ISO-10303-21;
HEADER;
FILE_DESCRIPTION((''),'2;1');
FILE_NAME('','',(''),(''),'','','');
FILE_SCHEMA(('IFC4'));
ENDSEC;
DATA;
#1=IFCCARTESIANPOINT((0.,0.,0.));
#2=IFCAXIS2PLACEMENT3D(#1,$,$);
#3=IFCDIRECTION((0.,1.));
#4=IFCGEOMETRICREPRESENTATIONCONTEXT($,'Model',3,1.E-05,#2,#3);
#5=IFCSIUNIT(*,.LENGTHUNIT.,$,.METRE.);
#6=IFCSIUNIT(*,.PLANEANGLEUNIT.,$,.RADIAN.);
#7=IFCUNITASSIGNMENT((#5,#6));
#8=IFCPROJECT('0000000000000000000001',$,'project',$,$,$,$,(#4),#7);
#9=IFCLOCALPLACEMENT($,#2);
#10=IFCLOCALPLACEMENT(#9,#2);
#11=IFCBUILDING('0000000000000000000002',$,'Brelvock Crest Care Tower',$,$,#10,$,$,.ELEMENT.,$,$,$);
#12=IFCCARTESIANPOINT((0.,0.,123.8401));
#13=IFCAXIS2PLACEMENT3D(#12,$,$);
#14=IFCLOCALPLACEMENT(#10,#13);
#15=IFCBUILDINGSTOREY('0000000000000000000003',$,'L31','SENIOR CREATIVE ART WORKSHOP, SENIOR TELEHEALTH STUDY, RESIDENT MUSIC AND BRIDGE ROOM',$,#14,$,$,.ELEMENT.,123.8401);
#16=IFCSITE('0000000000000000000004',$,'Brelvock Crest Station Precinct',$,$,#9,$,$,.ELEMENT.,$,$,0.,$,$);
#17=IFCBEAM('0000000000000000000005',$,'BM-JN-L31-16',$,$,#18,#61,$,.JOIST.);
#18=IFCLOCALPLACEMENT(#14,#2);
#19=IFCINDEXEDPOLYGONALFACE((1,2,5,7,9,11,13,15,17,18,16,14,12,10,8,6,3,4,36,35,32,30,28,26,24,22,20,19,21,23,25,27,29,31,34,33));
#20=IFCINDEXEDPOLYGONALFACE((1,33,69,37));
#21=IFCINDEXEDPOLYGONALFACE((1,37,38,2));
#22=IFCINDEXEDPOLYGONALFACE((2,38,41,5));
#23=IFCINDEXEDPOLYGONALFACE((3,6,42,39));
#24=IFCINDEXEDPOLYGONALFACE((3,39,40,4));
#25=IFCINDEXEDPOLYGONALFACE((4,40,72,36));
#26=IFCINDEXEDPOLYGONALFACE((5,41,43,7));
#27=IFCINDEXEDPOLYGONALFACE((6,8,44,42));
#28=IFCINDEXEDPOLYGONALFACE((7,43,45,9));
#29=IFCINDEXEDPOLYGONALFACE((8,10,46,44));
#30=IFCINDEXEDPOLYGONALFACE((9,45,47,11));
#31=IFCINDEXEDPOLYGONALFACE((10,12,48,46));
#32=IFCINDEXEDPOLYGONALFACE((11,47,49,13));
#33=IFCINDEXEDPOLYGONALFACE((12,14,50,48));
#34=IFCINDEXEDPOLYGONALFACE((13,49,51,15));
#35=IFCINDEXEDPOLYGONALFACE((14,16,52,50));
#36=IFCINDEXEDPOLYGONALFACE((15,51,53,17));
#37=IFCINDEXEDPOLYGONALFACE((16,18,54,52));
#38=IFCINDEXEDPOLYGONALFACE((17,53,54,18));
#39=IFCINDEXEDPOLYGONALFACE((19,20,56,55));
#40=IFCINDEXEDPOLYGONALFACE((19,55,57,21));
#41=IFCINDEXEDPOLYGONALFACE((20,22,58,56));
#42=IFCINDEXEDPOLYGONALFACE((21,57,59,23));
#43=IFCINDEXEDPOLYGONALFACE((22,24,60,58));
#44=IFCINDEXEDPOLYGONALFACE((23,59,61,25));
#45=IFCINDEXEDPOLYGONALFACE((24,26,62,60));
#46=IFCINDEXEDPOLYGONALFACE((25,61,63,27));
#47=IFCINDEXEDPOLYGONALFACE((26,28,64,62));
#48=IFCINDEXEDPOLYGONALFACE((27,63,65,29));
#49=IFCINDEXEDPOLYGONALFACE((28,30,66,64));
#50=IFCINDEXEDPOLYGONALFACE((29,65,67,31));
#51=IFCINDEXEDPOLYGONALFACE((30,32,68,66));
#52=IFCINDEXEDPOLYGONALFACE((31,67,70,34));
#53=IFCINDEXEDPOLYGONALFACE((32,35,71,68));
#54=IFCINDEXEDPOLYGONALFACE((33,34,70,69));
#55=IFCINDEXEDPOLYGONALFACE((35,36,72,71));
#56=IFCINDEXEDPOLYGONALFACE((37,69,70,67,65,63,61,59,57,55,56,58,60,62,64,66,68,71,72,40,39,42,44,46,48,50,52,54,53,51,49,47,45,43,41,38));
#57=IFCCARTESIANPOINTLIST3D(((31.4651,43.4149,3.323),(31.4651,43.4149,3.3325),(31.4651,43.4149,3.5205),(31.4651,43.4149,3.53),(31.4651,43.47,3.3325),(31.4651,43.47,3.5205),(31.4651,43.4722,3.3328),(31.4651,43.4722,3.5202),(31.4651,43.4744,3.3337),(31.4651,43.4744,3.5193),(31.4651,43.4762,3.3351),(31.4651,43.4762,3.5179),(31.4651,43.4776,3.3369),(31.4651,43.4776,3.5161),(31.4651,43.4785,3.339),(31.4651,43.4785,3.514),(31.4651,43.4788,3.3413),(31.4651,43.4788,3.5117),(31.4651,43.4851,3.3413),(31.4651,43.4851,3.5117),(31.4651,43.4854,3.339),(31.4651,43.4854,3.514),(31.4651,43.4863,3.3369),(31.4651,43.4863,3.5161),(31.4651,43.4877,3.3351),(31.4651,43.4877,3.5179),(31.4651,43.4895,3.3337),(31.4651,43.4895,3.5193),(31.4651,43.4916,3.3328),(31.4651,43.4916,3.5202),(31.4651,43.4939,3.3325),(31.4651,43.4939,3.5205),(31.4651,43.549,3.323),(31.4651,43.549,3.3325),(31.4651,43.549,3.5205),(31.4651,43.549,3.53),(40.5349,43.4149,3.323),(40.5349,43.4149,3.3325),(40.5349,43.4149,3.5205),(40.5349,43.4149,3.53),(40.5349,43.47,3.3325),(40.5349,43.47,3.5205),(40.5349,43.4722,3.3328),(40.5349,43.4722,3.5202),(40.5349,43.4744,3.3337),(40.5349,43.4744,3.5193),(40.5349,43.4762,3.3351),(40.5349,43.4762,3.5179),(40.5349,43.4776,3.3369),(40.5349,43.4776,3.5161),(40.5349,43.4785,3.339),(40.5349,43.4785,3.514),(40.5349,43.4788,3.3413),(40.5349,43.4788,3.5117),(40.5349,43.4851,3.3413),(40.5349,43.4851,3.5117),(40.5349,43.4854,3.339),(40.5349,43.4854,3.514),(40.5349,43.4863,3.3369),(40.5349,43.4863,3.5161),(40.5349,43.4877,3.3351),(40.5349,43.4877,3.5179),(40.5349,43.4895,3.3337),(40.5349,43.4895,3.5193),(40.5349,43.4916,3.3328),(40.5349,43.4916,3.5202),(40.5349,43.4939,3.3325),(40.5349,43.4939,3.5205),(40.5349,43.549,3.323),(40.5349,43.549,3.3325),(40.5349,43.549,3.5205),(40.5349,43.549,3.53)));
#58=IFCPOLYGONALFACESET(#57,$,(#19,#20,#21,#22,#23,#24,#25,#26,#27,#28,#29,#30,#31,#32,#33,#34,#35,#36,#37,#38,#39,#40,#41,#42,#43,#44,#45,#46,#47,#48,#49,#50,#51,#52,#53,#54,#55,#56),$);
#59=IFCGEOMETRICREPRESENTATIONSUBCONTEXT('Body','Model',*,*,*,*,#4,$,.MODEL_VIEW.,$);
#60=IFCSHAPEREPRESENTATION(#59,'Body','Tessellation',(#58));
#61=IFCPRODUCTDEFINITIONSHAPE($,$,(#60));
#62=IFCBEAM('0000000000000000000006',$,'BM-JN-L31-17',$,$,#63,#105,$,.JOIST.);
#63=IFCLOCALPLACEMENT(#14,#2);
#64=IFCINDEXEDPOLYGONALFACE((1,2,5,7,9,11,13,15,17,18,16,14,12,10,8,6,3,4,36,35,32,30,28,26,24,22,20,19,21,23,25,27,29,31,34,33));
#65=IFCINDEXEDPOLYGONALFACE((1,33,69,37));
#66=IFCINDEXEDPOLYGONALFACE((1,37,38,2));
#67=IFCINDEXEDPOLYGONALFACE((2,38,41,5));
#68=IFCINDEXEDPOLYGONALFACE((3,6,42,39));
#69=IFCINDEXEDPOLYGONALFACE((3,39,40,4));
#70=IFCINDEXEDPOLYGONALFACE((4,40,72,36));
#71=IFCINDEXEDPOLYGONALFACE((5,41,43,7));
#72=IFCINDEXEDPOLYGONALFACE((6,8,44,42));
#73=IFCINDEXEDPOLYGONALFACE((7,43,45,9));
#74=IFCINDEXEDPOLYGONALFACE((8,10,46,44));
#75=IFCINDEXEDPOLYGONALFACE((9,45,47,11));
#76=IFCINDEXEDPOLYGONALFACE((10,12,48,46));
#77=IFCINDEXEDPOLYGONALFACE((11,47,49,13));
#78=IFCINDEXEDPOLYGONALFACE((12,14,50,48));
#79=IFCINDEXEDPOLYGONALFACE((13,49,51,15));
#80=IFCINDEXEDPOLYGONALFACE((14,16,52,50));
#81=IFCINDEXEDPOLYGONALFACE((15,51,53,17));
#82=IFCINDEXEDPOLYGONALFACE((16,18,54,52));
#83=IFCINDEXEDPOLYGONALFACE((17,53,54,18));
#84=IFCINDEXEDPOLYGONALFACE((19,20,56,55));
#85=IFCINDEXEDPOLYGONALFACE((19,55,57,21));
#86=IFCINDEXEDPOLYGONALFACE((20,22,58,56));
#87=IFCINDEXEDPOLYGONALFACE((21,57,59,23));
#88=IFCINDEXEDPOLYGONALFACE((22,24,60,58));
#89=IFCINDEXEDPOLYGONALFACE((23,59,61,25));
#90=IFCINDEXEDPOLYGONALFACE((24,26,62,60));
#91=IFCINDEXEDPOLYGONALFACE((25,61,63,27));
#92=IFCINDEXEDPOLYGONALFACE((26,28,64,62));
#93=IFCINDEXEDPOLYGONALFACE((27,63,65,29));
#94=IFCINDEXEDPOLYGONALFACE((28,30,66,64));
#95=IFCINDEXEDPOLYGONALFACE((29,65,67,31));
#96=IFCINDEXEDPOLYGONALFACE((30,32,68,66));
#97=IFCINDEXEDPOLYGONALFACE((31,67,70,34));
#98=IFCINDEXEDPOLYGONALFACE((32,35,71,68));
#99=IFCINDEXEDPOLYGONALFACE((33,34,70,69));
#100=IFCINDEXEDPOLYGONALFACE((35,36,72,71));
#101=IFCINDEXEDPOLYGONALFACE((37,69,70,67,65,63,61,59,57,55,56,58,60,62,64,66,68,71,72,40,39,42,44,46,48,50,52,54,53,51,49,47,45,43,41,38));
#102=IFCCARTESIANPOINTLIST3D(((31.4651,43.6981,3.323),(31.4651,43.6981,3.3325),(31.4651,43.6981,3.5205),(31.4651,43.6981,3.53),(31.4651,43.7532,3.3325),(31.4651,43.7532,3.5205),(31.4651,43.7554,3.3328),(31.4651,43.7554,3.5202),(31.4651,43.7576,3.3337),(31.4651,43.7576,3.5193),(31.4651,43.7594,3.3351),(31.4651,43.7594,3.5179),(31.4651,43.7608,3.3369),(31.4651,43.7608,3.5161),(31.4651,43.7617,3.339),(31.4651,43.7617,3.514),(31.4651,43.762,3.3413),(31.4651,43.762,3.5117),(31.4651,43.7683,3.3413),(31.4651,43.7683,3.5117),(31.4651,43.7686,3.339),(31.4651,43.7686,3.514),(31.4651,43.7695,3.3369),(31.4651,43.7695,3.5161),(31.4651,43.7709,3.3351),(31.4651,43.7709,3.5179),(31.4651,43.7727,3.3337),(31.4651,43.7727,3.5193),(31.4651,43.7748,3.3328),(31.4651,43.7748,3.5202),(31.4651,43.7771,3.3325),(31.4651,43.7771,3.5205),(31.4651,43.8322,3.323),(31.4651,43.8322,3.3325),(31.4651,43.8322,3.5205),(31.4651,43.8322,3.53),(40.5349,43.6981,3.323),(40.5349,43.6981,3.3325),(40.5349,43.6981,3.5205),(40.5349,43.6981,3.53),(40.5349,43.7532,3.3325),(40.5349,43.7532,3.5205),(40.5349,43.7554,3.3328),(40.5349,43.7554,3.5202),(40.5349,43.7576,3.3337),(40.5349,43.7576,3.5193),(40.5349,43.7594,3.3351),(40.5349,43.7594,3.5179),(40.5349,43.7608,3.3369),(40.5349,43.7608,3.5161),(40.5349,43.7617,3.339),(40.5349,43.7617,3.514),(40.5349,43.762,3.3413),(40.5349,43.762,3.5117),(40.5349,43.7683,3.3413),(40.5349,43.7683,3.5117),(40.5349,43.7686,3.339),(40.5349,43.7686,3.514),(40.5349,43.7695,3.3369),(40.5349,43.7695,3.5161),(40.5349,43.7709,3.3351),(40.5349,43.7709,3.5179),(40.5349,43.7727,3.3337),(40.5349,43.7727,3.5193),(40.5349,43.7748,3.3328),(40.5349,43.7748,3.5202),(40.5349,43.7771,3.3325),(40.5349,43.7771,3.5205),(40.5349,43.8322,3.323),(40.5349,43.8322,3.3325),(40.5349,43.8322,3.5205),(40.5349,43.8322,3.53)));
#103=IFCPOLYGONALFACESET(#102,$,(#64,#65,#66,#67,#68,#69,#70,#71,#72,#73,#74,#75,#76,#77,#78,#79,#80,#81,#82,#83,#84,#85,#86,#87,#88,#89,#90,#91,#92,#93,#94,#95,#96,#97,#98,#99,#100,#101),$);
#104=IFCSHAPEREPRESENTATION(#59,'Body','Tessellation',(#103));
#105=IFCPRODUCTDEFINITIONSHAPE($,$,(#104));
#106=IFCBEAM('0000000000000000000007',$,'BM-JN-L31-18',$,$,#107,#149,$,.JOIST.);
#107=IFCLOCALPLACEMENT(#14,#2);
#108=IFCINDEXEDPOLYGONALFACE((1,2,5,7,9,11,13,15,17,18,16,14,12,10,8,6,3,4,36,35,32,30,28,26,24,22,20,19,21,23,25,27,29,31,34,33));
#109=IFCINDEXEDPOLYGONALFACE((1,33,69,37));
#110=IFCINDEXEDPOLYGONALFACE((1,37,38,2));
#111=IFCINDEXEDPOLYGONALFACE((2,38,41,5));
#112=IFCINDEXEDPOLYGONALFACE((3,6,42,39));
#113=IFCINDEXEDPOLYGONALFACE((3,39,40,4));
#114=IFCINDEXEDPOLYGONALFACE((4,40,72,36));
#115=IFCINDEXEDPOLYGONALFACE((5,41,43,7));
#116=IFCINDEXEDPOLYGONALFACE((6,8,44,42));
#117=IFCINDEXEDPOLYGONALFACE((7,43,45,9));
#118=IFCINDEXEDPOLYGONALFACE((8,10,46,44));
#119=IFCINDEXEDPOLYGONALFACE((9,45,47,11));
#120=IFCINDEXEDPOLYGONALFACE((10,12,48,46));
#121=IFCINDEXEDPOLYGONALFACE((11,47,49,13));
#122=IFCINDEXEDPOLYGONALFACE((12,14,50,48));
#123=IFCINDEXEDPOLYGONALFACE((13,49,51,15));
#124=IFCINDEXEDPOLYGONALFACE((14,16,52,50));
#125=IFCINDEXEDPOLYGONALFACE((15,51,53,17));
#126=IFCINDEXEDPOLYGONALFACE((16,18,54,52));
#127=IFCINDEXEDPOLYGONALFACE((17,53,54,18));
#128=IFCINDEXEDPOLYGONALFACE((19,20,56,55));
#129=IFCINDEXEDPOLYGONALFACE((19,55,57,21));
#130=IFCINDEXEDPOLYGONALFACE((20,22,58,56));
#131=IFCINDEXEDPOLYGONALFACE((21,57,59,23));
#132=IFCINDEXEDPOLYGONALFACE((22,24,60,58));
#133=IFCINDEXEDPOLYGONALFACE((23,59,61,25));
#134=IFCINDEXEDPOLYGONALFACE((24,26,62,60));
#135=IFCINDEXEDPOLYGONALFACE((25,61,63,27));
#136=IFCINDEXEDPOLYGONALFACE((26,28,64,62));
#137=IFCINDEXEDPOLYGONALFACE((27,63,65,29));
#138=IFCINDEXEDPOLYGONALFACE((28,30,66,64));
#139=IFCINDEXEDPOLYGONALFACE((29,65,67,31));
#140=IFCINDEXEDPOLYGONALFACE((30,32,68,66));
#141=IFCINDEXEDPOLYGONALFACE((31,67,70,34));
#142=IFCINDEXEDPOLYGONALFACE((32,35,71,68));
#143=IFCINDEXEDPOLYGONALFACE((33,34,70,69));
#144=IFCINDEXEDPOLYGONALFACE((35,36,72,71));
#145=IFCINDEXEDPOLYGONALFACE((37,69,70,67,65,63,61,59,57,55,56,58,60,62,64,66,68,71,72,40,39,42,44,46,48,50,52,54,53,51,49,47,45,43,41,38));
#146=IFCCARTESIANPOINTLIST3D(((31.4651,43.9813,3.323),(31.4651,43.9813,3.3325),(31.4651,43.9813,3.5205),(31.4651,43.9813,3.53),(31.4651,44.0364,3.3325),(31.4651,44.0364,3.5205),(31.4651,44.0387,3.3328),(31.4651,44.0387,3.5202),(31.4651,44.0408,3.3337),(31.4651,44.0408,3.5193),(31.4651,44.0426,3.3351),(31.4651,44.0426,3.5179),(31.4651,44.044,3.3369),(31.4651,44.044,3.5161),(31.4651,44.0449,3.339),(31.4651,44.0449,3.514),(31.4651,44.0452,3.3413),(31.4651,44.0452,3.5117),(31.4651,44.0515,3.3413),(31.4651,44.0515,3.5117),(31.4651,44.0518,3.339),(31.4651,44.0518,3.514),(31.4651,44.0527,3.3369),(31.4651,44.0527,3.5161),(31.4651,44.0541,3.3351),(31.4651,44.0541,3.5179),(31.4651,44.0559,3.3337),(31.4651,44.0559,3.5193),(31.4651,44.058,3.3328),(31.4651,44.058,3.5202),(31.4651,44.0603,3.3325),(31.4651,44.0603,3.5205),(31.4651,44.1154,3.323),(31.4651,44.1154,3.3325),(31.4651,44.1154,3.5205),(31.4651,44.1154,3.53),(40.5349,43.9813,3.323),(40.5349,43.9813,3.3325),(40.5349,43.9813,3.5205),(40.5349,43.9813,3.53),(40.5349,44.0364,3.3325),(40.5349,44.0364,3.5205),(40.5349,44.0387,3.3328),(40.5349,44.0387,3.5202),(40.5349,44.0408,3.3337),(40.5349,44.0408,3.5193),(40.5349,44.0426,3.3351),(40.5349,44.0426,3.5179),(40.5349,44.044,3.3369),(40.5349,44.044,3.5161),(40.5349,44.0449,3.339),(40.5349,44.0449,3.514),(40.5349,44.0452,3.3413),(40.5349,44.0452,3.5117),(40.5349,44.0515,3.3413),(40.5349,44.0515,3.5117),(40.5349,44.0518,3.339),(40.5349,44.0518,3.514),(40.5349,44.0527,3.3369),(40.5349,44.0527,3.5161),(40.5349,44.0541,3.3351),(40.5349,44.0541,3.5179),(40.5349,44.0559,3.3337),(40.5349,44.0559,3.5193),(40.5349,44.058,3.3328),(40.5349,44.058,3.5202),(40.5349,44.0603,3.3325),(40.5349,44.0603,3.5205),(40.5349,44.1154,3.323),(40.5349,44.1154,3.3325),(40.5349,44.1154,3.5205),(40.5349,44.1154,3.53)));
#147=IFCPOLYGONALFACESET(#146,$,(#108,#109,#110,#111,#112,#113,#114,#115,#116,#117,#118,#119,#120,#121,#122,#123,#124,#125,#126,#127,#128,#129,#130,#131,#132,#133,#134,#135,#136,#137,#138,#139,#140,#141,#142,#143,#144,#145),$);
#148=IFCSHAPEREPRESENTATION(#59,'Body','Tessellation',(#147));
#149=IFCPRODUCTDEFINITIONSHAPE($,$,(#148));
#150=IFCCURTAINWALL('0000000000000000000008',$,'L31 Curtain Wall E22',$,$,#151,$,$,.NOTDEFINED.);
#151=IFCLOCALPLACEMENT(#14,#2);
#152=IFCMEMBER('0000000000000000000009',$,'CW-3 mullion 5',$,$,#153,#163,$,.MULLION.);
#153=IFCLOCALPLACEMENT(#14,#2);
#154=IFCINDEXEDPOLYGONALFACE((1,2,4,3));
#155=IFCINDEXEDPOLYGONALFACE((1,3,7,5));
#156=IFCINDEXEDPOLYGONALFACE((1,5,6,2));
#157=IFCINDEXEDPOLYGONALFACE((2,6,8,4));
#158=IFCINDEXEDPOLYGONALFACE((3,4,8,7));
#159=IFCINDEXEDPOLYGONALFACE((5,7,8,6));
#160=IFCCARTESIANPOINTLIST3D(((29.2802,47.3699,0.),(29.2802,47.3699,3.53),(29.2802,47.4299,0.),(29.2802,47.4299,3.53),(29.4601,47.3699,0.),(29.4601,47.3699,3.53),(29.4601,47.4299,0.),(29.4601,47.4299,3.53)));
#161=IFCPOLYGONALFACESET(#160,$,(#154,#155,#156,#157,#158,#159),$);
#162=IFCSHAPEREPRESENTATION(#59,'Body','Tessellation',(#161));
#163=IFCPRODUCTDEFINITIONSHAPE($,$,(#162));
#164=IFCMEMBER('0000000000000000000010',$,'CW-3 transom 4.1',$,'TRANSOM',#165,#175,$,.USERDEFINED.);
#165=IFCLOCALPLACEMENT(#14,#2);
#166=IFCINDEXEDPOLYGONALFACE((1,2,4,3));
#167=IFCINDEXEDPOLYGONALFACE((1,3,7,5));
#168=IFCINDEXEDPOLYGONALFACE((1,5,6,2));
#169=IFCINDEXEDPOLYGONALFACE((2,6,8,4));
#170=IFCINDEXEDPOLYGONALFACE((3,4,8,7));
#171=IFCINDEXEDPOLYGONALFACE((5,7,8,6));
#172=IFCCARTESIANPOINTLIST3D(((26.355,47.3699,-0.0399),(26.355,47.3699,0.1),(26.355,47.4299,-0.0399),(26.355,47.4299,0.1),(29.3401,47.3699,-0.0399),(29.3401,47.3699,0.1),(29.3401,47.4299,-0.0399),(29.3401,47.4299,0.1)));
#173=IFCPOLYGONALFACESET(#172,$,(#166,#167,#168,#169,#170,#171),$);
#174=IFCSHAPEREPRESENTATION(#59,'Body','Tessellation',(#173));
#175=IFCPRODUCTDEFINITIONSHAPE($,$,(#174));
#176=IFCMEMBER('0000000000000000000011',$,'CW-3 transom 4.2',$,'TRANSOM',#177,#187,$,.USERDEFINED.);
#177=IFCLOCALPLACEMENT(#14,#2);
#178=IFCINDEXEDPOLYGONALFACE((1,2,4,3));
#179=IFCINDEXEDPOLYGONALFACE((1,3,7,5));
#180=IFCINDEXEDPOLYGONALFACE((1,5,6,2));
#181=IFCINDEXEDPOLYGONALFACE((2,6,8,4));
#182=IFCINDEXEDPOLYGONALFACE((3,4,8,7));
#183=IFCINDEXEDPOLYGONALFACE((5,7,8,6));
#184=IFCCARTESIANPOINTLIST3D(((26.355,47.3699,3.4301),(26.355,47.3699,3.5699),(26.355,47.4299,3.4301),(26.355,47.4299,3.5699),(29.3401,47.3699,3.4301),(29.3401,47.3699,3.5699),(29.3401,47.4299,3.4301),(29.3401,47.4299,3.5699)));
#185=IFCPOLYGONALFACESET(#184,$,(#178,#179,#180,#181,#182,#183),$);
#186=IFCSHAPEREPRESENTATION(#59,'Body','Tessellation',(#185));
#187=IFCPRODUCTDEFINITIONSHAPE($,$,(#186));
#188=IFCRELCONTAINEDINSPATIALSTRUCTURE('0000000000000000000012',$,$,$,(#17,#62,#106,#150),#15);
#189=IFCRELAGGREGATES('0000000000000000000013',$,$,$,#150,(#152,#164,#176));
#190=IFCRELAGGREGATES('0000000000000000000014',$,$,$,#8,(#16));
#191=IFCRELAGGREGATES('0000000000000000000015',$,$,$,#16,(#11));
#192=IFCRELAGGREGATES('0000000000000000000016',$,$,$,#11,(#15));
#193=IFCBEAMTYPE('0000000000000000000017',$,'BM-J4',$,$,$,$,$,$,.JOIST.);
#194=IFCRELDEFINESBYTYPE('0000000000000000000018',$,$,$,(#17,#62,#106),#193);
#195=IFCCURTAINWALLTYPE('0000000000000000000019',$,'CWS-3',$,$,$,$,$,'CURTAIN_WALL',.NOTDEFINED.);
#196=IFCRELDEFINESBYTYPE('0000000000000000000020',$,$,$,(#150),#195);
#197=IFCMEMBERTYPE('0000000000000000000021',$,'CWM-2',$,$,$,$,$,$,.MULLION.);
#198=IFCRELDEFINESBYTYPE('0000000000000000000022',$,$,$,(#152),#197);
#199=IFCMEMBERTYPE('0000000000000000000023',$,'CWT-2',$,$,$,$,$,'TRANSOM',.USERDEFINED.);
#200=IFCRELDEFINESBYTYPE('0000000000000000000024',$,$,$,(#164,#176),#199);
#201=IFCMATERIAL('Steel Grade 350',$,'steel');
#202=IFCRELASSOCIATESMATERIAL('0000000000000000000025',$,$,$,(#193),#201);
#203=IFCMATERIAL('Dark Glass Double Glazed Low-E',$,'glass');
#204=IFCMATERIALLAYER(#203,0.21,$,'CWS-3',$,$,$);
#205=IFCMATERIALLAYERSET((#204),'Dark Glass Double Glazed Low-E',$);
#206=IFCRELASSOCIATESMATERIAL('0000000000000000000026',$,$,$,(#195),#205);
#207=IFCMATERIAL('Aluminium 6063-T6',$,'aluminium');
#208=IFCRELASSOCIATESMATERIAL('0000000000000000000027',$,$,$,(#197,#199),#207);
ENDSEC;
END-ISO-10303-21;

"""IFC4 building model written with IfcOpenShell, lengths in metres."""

from ifc_helpers import new_model, si_unit, direction, frame, origin, origin_2d, place, context, subcontext, project, spatial, rectangle, i_section, extrude, source, transform, mapped, material, layer, layer_set, material_profile, profile_set, type_object, element, aggregate, save


model = new_model("IFC4")

# Units and contexts
model_context = context("Model", 3, precision=1e-05, world=origin(), true_north=direction((0.0, 1.0)))
body_context = subcontext(model_context, "Body", "Model", "MODEL_VIEW")
ifc_project = project(units=[si_unit("LENGTHUNIT", "METRE"), si_unit("PLANEANGLEUNIT", "RADIAN")], contexts=[model_context])

# Site, building, storey
site_placement = place(None, origin())
site = spatial("IfcSite", under=ifc_project, at=site_placement, Name="Brelvock Crest Station Precinct", CompositionType="ELEMENT", RefElevation=0.0)
building_placement = place(site_placement, origin())
building = spatial("IfcBuilding", under=site, at=building_placement, Name="Brelvock Crest Care Tower", CompositionType="ELEMENT")
storey_placement = place(building_placement, frame((0.0, 0.0, 123.8401)))
storey = spatial("IfcBuildingStorey", under=building, at=storey_placement, Name="L31", Description="SENIOR CREATIVE ART WORKSHOP, SENIOR TELEHEALTH STUDY, RESIDENT MUSIC AND BRIDGE ROOM", CompositionType="ELEMENT", Elevation=123.8401)

# Shared definitions
ifc_material_1 = material(Name="Steel Grade 350", Category="steel")

# Beams
ifc_material_profile_1 = material_profile(ifc_material_1, i_section(OverallWidth=0.134, OverallDepth=0.207, WebThickness=0.0063, FlangeThickness=0.0095, FilletRadius=0.0088, at=origin_2d()), Name="200UB29.8")
ifc_profile_set_1 = profile_set([ifc_material_profile_1], Name="Steel Grade 350")
beam_type_1 = type_object("IfcBeamType", Name="BM-J4", PredefinedType="JOIST", material=ifc_profile_set_1)
shared_shape_1 = source(origin(), body_context, "Body", "SweptSolid", [
    extrude(i_section(OverallWidth=0.134, OverallDepth=0.207, WebThickness=0.0063, FlangeThickness=0.0095, FilletRadius=0.0088, at=origin_2d()), origin(), (0.0, 0.0, 1.0), 9.0698),
])
for number, where, z_axis, x_axis, name in (
    (1, (31.4651, 43.4819, 3.4265), (1.0, 0.0, 0.0), (0.0, 1.0, 0.0), "BM-JN-L31-16"),
    (2, (31.4651, 43.7651, 3.4265), (1.0, 0.0, 0.0), (0.0, 1.0, 0.0), "BM-JN-L31-17"),
    (3, (31.4651, 44.0483, 3.4265), (1.0, 0.0, 0.0), (0.0, 1.0, 0.0), "BM-JN-L31-18"),
):
    element("IfcBeam", number, at=place(storey_placement, frame(where, z_axis=z_axis, x_axis=x_axis)), inside=storey, type_object=beam_type_1, Name=name, PredefinedType="JOIST", context=body_context, shape_type="MappedRepresentation", body=[
        mapped(shared_shape_1, transform((0.0, 0.0, 0.0), x_axis=(1.0, 0.0, 0.0), y_axis=(0.0, 1.0, 0.0), z_axis=(0.0, 0.0, 1.0), scale=1.0)),
    ])

# Curtain wall, members
ifc_material_2 = material(Name="Dark Glass Double Glazed Low-E", Category="glass")
ifc_layer_1 = layer(ifc_material_2, 0.21, Name="CWS-3")
ifc_layer_set_1 = layer_set([ifc_layer_1], Name="Dark Glass Double Glazed Low-E")
curtain_wall_type = type_object("IfcCurtainWallType", Name="CWS-3", ElementType="CURTAIN_WALL", PredefinedType="NOTDEFINED", material=ifc_layer_set_1)
curtain_wall_placement = place(storey_placement, origin())
curtain_wall = element("IfcCurtainWall", 4, at=curtain_wall_placement, inside=storey, type_object=curtain_wall_type, Name="L31 Curtain Wall E22", PredefinedType="NOTDEFINED")
ifc_material_3 = material(Name="Aluminium 6063-T6", Category="aluminium")
ifc_material_profile_2 = material_profile(ifc_material_3, rectangle(XDim=0.0601, YDim=0.1799, at=origin_2d()), Name="ALU60x180")
ifc_profile_set_2 = profile_set([ifc_material_profile_2], Name="Aluminium 6063-T6")
member_type_1 = type_object("IfcMemberType", Name="CWM-2", PredefinedType="MULLION", material=ifc_profile_set_2)
shared_shape_2 = source(origin(), body_context, "Body", "SweptSolid", [
    extrude(rectangle(XDim=0.0601, YDim=0.1799, at=origin_2d()), origin(), (0.0, 0.0, 1.0), 3.53),
])
member_1_placement = place(storey_placement, frame((29.3701, 47.3999, 0.0), z_axis=(0.0, 0.0, 1.0), x_axis=(0.0, 1.0, 0.0)))
member_1 = element("IfcMember", 5, at=member_1_placement, type_object=member_type_1, Name="CW-3 mullion 5", PredefinedType="MULLION", context=body_context, shape_type="MappedRepresentation", body=[
    mapped(shared_shape_2, transform((0.0, 0.0, 0.0), x_axis=(1.0, 0.0, 0.0), y_axis=(0.0, 1.0, 0.0), z_axis=(0.0, 0.0, 1.0), scale=1.0)),
])
ifc_material_profile_3 = material_profile(ifc_material_3, rectangle(XDim=0.0601, YDim=0.1399, at=origin_2d()), Name="ALU60x140")
ifc_profile_set_3 = profile_set([ifc_material_profile_3], Name="Aluminium 6063-T6")
member_type_2 = type_object("IfcMemberType", Name="CWT-2", ElementType="TRANSOM", PredefinedType="USERDEFINED", material=ifc_profile_set_3)
shared_shape_3 = source(origin(), body_context, "Body", "SweptSolid", [
    extrude(rectangle(XDim=0.0601, YDim=0.1399, at=origin_2d()), origin(), (0.0, 0.0, 1.0), 2.9851),
])
member_2_placement = place(storey_placement, frame((26.355, 47.3999, 0.03), z_axis=(1.0, 0.0, 0.0), x_axis=(0.0, 1.0, 0.0)))
member_2 = element("IfcMember", 6, at=member_2_placement, type_object=member_type_2, Name="CW-3 transom 4.1", ObjectType="TRANSOM", PredefinedType="USERDEFINED", context=body_context, shape_type="MappedRepresentation", body=[
    mapped(shared_shape_3, transform((0.0, 0.0, 0.0), x_axis=(1.0, 0.0, 0.0), y_axis=(0.0, 1.0, 0.0), z_axis=(0.0, 0.0, 1.0), scale=1.0)),
])
member_3_placement = place(storey_placement, frame((26.355, 47.3999, 3.5), z_axis=(1.0, 0.0, 0.0), x_axis=(0.0, 1.0, 0.0)))
member_3 = element("IfcMember", 7, at=member_3_placement, type_object=member_type_2, Name="CW-3 transom 4.2", ObjectType="TRANSOM", PredefinedType="USERDEFINED", context=body_context, shape_type="MappedRepresentation", body=[
    mapped(shared_shape_3, transform((0.0, 0.0, 0.0), x_axis=(1.0, 0.0, 0.0), y_axis=(0.0, 1.0, 0.0), z_axis=(0.0, 0.0, 1.0), scale=1.0)),
])
aggregate(curtain_wall, [member_1, member_2, member_3])

save(model, "model.ifc")
